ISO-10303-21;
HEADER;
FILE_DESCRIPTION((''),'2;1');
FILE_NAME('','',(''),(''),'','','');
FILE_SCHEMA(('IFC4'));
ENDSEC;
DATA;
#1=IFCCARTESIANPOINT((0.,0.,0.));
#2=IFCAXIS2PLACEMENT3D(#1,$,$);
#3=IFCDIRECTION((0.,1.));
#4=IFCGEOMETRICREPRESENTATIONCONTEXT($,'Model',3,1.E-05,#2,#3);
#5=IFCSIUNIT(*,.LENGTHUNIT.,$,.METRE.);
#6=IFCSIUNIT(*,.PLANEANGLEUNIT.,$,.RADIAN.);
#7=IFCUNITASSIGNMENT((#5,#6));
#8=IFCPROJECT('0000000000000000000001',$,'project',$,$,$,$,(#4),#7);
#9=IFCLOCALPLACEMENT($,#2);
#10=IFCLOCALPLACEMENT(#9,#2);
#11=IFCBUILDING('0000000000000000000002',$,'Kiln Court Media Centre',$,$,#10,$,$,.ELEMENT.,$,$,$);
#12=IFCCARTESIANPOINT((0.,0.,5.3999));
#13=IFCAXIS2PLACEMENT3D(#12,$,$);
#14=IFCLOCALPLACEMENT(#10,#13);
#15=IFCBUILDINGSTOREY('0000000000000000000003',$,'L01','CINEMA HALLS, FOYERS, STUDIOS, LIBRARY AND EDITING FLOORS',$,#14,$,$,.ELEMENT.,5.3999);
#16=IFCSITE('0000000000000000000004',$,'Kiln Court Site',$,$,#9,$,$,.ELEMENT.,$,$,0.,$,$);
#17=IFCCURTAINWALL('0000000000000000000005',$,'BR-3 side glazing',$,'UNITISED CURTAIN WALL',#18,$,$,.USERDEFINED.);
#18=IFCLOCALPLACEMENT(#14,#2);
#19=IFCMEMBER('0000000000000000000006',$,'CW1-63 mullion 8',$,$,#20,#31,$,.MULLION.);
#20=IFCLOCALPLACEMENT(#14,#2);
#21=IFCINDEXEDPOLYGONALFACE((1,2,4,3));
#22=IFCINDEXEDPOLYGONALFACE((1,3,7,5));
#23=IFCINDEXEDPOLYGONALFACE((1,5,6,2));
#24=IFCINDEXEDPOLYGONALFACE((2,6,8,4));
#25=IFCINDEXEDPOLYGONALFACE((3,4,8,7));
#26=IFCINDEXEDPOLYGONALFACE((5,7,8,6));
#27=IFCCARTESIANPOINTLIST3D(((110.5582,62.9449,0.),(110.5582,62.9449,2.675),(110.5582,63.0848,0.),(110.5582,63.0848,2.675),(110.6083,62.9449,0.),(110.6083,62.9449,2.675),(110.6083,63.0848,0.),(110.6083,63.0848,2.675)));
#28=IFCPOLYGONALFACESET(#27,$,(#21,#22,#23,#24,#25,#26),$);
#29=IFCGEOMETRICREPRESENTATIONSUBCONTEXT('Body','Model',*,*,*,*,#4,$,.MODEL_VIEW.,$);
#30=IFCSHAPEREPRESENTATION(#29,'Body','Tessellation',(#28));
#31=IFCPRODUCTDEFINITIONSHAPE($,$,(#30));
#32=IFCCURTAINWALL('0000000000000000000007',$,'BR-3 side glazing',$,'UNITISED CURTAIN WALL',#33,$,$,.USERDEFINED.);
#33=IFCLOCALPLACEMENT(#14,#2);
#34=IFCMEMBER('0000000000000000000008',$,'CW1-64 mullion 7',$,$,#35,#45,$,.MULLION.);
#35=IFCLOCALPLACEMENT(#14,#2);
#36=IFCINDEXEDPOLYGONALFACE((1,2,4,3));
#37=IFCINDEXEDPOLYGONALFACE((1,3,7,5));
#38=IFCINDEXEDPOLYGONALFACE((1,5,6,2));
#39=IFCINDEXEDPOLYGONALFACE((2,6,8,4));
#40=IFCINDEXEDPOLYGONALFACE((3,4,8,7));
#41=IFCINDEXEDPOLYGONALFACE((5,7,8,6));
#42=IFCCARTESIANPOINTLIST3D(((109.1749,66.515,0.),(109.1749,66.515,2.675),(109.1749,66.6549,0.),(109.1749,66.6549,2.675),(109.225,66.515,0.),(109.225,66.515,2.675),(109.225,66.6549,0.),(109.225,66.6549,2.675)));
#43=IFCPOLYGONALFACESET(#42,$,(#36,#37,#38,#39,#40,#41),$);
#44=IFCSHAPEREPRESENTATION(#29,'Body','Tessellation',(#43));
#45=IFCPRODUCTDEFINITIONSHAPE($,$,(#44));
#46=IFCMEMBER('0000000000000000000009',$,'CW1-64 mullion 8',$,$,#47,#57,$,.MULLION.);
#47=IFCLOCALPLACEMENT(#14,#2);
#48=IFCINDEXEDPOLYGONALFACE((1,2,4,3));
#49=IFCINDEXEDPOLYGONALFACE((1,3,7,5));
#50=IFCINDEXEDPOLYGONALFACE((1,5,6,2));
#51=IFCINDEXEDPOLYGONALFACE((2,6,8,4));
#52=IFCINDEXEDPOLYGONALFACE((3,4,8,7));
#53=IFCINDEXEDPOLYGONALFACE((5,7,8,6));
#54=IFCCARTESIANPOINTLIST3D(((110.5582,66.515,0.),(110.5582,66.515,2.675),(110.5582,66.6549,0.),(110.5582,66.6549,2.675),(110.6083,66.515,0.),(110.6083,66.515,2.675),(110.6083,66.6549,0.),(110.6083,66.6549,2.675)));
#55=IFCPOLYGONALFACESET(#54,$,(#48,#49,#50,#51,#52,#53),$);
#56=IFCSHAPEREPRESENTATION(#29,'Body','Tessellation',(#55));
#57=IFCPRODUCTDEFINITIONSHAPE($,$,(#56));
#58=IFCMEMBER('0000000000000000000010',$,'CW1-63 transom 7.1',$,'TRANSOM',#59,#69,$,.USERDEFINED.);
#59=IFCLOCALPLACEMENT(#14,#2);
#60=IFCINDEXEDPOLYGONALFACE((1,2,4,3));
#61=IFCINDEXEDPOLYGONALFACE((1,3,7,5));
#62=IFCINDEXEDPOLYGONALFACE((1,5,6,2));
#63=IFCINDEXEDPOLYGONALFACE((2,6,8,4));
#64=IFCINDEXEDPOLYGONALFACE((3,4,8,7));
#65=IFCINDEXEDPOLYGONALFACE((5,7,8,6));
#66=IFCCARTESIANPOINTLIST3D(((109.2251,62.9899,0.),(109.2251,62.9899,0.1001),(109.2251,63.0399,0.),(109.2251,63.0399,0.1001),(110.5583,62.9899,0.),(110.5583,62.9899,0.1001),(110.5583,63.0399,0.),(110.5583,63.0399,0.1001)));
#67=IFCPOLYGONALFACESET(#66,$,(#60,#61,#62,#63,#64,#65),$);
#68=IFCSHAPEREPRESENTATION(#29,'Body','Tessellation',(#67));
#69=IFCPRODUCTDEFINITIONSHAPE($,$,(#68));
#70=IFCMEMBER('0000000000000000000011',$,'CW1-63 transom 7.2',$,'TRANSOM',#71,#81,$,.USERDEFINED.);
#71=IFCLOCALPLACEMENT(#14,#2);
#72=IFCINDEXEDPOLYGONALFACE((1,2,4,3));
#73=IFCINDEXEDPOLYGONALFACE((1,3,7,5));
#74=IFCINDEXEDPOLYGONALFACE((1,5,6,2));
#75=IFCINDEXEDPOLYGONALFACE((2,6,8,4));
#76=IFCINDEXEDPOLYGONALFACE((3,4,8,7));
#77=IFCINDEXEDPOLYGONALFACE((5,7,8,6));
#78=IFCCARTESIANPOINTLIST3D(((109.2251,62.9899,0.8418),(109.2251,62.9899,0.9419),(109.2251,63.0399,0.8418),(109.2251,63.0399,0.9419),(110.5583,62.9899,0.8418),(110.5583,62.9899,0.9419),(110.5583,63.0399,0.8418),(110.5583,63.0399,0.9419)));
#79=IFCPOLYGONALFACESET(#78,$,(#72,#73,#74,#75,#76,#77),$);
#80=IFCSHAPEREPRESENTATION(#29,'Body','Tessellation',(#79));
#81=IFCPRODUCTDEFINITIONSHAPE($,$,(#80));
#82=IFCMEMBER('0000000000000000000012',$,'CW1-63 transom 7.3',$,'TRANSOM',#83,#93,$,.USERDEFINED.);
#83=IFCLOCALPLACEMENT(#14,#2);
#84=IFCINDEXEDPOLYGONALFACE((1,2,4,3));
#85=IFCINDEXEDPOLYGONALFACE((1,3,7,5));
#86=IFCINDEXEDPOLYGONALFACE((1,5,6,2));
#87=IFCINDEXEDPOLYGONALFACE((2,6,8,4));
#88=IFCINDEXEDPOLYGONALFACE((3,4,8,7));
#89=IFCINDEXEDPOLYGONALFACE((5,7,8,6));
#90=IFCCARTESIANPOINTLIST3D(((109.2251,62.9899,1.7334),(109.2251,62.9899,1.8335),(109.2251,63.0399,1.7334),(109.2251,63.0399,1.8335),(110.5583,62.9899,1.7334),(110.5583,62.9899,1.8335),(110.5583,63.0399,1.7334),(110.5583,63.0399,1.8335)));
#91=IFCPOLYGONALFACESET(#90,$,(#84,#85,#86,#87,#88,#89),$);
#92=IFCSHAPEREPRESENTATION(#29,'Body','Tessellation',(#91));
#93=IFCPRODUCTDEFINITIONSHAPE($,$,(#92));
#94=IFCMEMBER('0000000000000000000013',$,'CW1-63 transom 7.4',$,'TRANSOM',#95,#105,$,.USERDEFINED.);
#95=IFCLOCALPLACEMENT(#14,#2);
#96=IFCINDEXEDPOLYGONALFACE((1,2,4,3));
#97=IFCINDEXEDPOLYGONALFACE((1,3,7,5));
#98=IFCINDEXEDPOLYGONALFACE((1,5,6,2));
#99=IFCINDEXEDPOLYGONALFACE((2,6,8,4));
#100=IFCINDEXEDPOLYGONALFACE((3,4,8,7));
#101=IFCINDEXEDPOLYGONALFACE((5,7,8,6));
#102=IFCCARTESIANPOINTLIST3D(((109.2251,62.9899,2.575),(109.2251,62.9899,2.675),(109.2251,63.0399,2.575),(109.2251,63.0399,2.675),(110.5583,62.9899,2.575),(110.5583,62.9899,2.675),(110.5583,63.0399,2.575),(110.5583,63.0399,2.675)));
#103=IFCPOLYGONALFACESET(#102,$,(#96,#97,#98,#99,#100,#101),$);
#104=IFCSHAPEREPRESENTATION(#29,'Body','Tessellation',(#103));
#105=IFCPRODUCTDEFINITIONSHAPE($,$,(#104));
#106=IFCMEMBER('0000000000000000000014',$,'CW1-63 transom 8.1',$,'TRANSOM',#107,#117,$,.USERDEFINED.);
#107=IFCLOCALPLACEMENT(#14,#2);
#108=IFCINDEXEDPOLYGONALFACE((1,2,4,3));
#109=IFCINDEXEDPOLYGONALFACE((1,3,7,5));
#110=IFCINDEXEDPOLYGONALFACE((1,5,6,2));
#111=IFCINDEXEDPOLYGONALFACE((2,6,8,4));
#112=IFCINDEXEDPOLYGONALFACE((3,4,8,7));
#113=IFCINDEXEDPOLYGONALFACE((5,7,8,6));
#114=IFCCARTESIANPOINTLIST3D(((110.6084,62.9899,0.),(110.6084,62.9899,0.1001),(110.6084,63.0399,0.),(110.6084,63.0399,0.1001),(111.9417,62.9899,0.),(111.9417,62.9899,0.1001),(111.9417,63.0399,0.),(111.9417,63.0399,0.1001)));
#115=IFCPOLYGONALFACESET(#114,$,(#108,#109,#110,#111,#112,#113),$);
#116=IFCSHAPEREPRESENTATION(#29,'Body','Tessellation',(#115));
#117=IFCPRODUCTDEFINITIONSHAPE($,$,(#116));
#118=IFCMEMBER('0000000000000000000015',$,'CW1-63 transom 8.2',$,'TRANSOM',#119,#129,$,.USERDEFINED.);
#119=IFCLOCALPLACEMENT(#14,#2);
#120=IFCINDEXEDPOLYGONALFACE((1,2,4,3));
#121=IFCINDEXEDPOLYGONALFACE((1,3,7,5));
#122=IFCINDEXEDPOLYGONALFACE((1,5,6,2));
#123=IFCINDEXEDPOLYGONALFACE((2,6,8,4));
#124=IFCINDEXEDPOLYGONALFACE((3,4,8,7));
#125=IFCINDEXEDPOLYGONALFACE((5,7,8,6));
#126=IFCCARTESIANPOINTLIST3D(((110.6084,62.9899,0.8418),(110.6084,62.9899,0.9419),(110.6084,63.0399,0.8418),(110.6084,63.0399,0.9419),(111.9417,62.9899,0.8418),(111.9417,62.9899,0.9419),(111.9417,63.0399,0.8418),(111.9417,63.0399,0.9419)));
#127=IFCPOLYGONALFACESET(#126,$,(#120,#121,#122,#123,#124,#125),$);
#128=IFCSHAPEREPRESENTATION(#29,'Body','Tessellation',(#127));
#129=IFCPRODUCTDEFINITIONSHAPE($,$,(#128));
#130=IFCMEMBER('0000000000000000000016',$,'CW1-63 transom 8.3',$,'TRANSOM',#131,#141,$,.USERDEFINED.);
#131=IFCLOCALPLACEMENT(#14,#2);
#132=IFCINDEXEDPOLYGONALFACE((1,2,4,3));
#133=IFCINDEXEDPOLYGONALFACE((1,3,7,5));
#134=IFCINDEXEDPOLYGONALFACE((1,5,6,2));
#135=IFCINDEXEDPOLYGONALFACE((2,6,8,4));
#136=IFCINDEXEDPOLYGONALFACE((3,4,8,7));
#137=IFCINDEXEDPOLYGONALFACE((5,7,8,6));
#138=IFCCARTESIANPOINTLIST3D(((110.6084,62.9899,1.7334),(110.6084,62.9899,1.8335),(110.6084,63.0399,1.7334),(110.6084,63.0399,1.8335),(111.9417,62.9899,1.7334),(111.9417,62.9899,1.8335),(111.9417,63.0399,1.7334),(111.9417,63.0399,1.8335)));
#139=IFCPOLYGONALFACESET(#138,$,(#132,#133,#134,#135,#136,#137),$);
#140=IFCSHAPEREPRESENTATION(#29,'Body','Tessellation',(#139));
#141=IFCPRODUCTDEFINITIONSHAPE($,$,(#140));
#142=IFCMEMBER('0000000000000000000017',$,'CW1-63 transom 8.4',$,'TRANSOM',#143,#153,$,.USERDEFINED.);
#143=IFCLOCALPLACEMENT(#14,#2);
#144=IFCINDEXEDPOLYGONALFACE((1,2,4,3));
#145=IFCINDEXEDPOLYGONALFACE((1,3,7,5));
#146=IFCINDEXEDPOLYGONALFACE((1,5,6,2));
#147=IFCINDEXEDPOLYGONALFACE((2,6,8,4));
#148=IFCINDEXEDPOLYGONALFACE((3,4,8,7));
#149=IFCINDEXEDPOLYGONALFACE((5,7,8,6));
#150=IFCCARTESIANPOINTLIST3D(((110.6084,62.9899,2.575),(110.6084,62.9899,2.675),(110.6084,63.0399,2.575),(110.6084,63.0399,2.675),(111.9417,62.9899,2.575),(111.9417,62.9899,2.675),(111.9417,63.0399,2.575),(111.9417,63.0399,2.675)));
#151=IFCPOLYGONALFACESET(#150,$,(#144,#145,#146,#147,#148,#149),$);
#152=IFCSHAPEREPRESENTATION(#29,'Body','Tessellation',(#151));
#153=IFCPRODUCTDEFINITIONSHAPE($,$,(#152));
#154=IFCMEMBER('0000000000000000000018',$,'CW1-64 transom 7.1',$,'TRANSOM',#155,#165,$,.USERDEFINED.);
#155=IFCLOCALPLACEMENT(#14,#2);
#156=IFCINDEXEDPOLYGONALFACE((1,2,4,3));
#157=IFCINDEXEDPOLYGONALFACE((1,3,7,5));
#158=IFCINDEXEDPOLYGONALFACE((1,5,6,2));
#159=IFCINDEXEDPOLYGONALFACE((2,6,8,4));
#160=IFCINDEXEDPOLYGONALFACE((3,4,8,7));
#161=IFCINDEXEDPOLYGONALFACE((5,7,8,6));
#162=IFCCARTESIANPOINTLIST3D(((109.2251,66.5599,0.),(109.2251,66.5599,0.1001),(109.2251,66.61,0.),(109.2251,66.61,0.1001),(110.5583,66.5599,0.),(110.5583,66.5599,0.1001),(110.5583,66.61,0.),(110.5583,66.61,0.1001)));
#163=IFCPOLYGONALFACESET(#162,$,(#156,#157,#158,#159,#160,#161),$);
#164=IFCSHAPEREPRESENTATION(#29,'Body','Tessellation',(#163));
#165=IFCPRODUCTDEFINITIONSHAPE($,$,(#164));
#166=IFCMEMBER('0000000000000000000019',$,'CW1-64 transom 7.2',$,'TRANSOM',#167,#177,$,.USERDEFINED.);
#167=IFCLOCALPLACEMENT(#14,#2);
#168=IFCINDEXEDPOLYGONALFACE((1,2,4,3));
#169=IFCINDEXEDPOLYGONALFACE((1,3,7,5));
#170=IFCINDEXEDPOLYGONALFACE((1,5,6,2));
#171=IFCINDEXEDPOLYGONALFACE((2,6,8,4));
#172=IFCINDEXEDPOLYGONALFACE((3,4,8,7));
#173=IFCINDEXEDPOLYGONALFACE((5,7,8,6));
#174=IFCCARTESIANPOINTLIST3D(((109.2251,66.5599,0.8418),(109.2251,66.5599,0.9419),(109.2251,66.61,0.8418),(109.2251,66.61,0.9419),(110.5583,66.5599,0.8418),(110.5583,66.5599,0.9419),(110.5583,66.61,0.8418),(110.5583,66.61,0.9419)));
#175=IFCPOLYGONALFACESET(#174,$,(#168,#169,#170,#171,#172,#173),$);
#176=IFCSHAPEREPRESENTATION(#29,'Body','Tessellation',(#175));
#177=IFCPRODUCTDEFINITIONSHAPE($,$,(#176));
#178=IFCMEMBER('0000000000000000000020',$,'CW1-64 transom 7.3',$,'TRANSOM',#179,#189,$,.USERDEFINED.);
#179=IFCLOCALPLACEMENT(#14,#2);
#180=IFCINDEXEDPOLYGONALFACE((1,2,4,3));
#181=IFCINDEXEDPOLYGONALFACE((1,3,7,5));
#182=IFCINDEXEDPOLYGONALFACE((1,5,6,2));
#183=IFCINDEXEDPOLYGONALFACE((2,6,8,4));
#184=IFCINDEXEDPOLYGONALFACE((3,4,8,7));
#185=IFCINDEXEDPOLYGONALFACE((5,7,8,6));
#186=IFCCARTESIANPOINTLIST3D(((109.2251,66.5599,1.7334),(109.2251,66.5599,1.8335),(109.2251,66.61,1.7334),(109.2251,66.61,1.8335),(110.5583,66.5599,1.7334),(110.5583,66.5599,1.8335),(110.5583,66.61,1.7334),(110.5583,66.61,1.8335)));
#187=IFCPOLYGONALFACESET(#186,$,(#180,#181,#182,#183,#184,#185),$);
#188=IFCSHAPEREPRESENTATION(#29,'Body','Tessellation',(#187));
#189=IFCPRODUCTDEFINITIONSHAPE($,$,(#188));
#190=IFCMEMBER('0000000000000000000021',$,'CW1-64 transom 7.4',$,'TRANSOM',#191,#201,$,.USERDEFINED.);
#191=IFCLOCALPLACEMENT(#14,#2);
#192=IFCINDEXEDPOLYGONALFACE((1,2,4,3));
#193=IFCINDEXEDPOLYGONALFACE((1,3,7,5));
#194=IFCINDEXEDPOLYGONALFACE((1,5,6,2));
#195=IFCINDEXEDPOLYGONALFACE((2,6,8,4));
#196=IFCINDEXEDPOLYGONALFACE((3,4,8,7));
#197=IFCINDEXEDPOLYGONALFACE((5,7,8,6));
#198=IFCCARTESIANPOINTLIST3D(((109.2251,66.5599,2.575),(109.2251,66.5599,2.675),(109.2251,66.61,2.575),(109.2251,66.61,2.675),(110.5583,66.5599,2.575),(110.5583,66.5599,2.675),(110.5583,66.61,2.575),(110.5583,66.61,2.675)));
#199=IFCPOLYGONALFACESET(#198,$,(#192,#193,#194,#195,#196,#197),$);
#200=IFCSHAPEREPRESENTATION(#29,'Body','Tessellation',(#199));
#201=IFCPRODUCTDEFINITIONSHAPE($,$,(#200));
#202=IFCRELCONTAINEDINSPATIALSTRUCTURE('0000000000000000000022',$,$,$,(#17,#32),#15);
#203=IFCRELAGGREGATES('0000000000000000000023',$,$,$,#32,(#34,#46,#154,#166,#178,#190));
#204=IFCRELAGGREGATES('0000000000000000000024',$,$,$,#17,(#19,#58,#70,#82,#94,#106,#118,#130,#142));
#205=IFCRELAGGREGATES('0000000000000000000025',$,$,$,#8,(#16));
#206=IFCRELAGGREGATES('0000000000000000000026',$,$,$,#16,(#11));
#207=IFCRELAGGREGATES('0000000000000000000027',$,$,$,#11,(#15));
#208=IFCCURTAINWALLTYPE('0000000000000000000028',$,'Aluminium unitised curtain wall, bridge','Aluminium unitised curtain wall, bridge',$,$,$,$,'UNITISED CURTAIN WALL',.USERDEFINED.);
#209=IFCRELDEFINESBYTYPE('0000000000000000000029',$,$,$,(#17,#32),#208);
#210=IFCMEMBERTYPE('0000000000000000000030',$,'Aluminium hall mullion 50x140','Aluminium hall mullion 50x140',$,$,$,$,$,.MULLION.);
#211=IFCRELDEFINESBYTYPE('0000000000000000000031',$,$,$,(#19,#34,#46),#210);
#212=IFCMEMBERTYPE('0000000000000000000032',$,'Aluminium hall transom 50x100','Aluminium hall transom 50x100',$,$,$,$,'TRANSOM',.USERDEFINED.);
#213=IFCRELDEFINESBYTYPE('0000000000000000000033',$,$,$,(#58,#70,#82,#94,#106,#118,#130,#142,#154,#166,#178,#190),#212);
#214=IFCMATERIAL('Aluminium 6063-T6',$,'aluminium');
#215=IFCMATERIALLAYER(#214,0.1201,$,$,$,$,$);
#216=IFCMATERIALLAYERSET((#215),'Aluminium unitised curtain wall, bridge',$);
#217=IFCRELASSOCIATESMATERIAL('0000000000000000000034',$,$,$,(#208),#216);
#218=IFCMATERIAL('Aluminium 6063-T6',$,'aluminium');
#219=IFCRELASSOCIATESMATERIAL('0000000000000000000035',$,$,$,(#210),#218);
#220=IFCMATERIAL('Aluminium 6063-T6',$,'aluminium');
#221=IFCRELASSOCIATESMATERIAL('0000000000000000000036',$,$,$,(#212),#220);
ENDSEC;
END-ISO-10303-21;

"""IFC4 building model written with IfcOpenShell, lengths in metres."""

from ifc_helpers import new_model, si_unit, direction, frame, origin, origin_2d, place, context, subcontext, project, spatial, rectangle, extrude, material, layer, layer_set, material_profile, profile_set, type_object, element, aggregate, save


model = new_model("IFC4")

# Units and contexts
model_context = context("Model", 3, precision=1e-05, world=origin(), true_north=direction((0.0, 1.0)))
body_context = subcontext(model_context, "Body", "Model", "MODEL_VIEW")
ifc_project = project(units=[si_unit("LENGTHUNIT", "METRE"), si_unit("PLANEANGLEUNIT", "RADIAN")], contexts=[model_context])

# Site, building, storey
site_placement = place(None, origin())
site = spatial("IfcSite", under=ifc_project, at=site_placement, Name="Kiln Court Site", CompositionType="ELEMENT", RefElevation=0.0)
building_placement = place(site_placement, origin())
building = spatial("IfcBuilding", under=site, at=building_placement, Name="Kiln Court Media Centre", CompositionType="ELEMENT")
storey_placement = place(building_placement, frame((0.0, 0.0, 5.3999)))
storey = spatial("IfcBuildingStorey", under=building, at=storey_placement, Name="L01", Description="CINEMA HALLS, FOYERS, STUDIOS, LIBRARY AND EDITING FLOORS", CompositionType="ELEMENT", Elevation=5.3999)

# Curtain wall, member
ifc_material_1 = material(Name="Aluminium 6063-T6", Category="aluminium")
ifc_layer_1 = layer(ifc_material_1, 0.1201)
ifc_layer_set_1 = layer_set([ifc_layer_1], Name="Aluminium unitised curtain wall, bridge")
curtain_wall_type = type_object("IfcCurtainWallType", Name="Aluminium unitised curtain wall, bridge", Description="Aluminium unitised curtain wall, bridge", ElementType="UNITISED CURTAIN WALL", PredefinedType="USERDEFINED", material=ifc_layer_set_1)
curtain_wall_1_placement = place(storey_placement, origin())
curtain_wall_1 = element("IfcCurtainWall", 1, at=curtain_wall_1_placement, inside=storey, type_object=curtain_wall_type, Name="BR-3 side glazing", ObjectType="UNITISED CURTAIN WALL", PredefinedType="USERDEFINED")
ifc_material_2 = material(Name="Aluminium 6063-T6", Category="aluminium")
ifc_material_profile_1 = material_profile(ifc_material_2, rectangle(XDim=0.05, YDim=0.1399, at=origin_2d()), Name="Aluminium hall mullion 50x140")
ifc_profile_set_1 = profile_set([ifc_material_profile_1], Name="Aluminium 6063-T6")
member_type_1 = type_object("IfcMemberType", Name="Aluminium hall mullion 50x140", Description="Aluminium hall mullion 50x140", PredefinedType="MULLION", material=ifc_profile_set_1)
member_1_placement = place(storey_placement, frame((110.5833, 63.0149, 0.0), z_axis=(0.0, 0.0, 1.0), x_axis=(1.0, 0.0, 0.0)))
member_1 = element("IfcMember", 2, at=member_1_placement, type_object=member_type_1, Name="CW1-63 mullion 8", PredefinedType="MULLION", context=body_context, shape_type="SweptSolid", body=[
    extrude(rectangle(XDim=0.05, YDim=0.1399, at=origin_2d()), origin(), (0.0, 0.0, 1.0), 2.675),
])

# Curtain wall, members
curtain_wall_2_placement = place(storey_placement, origin())
curtain_wall_2 = element("IfcCurtainWall", 3, at=curtain_wall_2_placement, inside=storey, type_object=curtain_wall_type, Name="BR-3 side glazing", ObjectType="UNITISED CURTAIN WALL", PredefinedType="USERDEFINED")
member_2_placement = place(storey_placement, frame((109.2, 66.585, 0.0), z_axis=(0.0, 0.0, 1.0), x_axis=(1.0, 0.0, 0.0)))
member_2 = element("IfcMember", 4, at=member_2_placement, type_object=member_type_1, Name="CW1-64 mullion 7", PredefinedType="MULLION", context=body_context, shape_type="SweptSolid", body=[
    extrude(rectangle(XDim=0.05, YDim=0.1399, at=origin_2d()), origin(), (0.0, 0.0, 1.0), 2.675),
])
member_3_placement = place(storey_placement, frame((110.5833, 66.585, 0.0), z_axis=(0.0, 0.0, 1.0), x_axis=(1.0, 0.0, 0.0)))
member_3 = element("IfcMember", 5, at=member_3_placement, type_object=member_type_1, Name="CW1-64 mullion 8", PredefinedType="MULLION", context=body_context, shape_type="SweptSolid", body=[
    extrude(rectangle(XDim=0.05, YDim=0.1399, at=origin_2d()), origin(), (0.0, 0.0, 1.0), 2.675),
])

# Members
ifc_material_3 = material(Name="Aluminium 6063-T6", Category="aluminium")
ifc_material_profile_2 = material_profile(ifc_material_3, rectangle(XDim=0.05, YDim=0.1001, at=origin_2d()), Name="Aluminium hall transom 50x100")
ifc_profile_set_2 = profile_set([ifc_material_profile_2], Name="Aluminium 6063-T6")
member_type_2 = type_object("IfcMemberType", Name="Aluminium hall transom 50x100", Description="Aluminium hall transom 50x100", ElementType="TRANSOM", PredefinedType="USERDEFINED", material=ifc_profile_set_2)
member_4_placement = place(storey_placement, frame((109.2251, 63.0149, 0.05), z_axis=(1.0, 0.0, 0.0), x_axis=(0.0, 1.0, 0.0)))
member_4 = element("IfcMember", 6, at=member_4_placement, type_object=member_type_2, Name="CW1-63 transom 7.1", ObjectType="TRANSOM", PredefinedType="USERDEFINED", context=body_context, shape_type="SweptSolid", body=[
    extrude(rectangle(XDim=0.05, YDim=0.1001, at=origin_2d()), origin(), (0.0, 0.0, 1.0), 1.3333),
])
member_5_placement = place(storey_placement, frame((109.2251, 63.0149, 0.8918), z_axis=(1.0, 0.0, 0.0), x_axis=(0.0, 1.0, 0.0)))
member_5 = element("IfcMember", 7, at=member_5_placement, type_object=member_type_2, Name="CW1-63 transom 7.2", ObjectType="TRANSOM", PredefinedType="USERDEFINED", context=body_context, shape_type="SweptSolid", body=[
    extrude(rectangle(XDim=0.05, YDim=0.1001, at=origin_2d()), origin(), (0.0, 0.0, 1.0), 1.3333),
])
member_6_placement = place(storey_placement, frame((109.2251, 63.0149, 1.7834), z_axis=(1.0, 0.0, 0.0), x_axis=(0.0, 1.0, 0.0)))
member_6 = element("IfcMember", 8, at=member_6_placement, type_object=member_type_2, Name="CW1-63 transom 7.3", ObjectType="TRANSOM", PredefinedType="USERDEFINED", context=body_context, shape_type="SweptSolid", body=[
    extrude(rectangle(XDim=0.05, YDim=0.1001, at=origin_2d()), origin(), (0.0, 0.0, 1.0), 1.3333),
])
member_7_placement = place(storey_placement, frame((109.2251, 63.0149, 2.625), z_axis=(1.0, 0.0, 0.0), x_axis=(0.0, 1.0, 0.0)))
member_7 = element("IfcMember", 9, at=member_7_placement, type_object=member_type_2, Name="CW1-63 transom 7.4", ObjectType="TRANSOM", PredefinedType="USERDEFINED", context=body_context, shape_type="SweptSolid", body=[
    extrude(rectangle(XDim=0.05, YDim=0.1001, at=origin_2d()), origin(), (0.0, 0.0, 1.0), 1.3333),
])
member_8_placement = place(storey_placement, frame((110.6084, 63.0149, 0.05), z_axis=(1.0, 0.0, 0.0), x_axis=(0.0, 1.0, 0.0)))
member_8 = element("IfcMember", 10, at=member_8_placement, type_object=member_type_2, Name="CW1-63 transom 8.1", ObjectType="TRANSOM", PredefinedType="USERDEFINED", context=body_context, shape_type="SweptSolid", body=[
    extrude(rectangle(XDim=0.05, YDim=0.1001, at=origin_2d()), origin(), (0.0, 0.0, 1.0), 1.3333),
])
member_9_placement = place(storey_placement, frame((110.6084, 63.0149, 0.8918), z_axis=(1.0, 0.0, 0.0), x_axis=(0.0, 1.0, 0.0)))
member_9 = element("IfcMember", 11, at=member_9_placement, type_object=member_type_2, Name="CW1-63 transom 8.2", ObjectType="TRANSOM", PredefinedType="USERDEFINED", context=body_context, shape_type="SweptSolid", body=[
    extrude(rectangle(XDim=0.05, YDim=0.1001, at=origin_2d()), origin(), (0.0, 0.0, 1.0), 1.3333),
])
member_10_placement = place(storey_placement, frame((110.6084, 63.0149, 1.7834), z_axis=(1.0, 0.0, 0.0), x_axis=(0.0, 1.0, 0.0)))
member_10 = element("IfcMember", 12, at=member_10_placement, type_object=member_type_2, Name="CW1-63 transom 8.3", ObjectType="TRANSOM", PredefinedType="USERDEFINED", context=body_context, shape_type="SweptSolid", body=[
    extrude(rectangle(XDim=0.05, YDim=0.1001, at=origin_2d()), origin(), (0.0, 0.0, 1.0), 1.3333),
])
member_11_placement = place(storey_placement, frame((110.6084, 63.0149, 2.625), z_axis=(1.0, 0.0, 0.0), x_axis=(0.0, 1.0, 0.0)))
member_11 = element("IfcMember", 13, at=member_11_placement, type_object=member_type_2, Name="CW1-63 transom 8.4", ObjectType="TRANSOM", PredefinedType="USERDEFINED", context=body_context, shape_type="SweptSolid", body=[
    extrude(rectangle(XDim=0.05, YDim=0.1001, at=origin_2d()), origin(), (0.0, 0.0, 1.0), 1.3333),
])
member_12_placement = place(storey_placement, frame((109.2251, 66.585, 0.05), z_axis=(1.0, 0.0, 0.0), x_axis=(0.0, 1.0, 0.0)))
member_12 = element("IfcMember", 14, at=member_12_placement, type_object=member_type_2, Name="CW1-64 transom 7.1", ObjectType="TRANSOM", PredefinedType="USERDEFINED", context=body_context, shape_type="SweptSolid", body=[
    extrude(rectangle(XDim=0.05, YDim=0.1001, at=origin_2d()), origin(), (0.0, 0.0, 1.0), 1.3333),
])
member_13_placement = place(storey_placement, frame((109.2251, 66.585, 0.8918), z_axis=(1.0, 0.0, 0.0), x_axis=(0.0, 1.0, 0.0)))
member_13 = element("IfcMember", 15, at=member_13_placement, type_object=member_type_2, Name="CW1-64 transom 7.2", ObjectType="TRANSOM", PredefinedType="USERDEFINED", context=body_context, shape_type="SweptSolid", body=[
    extrude(rectangle(XDim=0.05, YDim=0.1001, at=origin_2d()), origin(), (0.0, 0.0, 1.0), 1.3333),
])
member_14_placement = place(storey_placement, frame((109.2251, 66.585, 1.7834), z_axis=(1.0, 0.0, 0.0), x_axis=(0.0, 1.0, 0.0)))
member_14 = element("IfcMember", 16, at=member_14_placement, type_object=member_type_2, Name="CW1-64 transom 7.3", ObjectType="TRANSOM", PredefinedType="USERDEFINED", context=body_context, shape_type="SweptSolid", body=[
    extrude(rectangle(XDim=0.05, YDim=0.1001, at=origin_2d()), origin(), (0.0, 0.0, 1.0), 1.3333),
])
member_15_placement = place(storey_placement, frame((109.2251, 66.585, 2.625), z_axis=(1.0, 0.0, 0.0), x_axis=(0.0, 1.0, 0.0)))
member_15 = element("IfcMember", 17, at=member_15_placement, type_object=member_type_2, Name="CW1-64 transom 7.4", ObjectType="TRANSOM", PredefinedType="USERDEFINED", context=body_context, shape_type="SweptSolid", body=[
    extrude(rectangle(XDim=0.05, YDim=0.1001, at=origin_2d()), origin(), (0.0, 0.0, 1.0), 1.3333),
])

aggregate(curtain_wall_2, [member_2, member_3, member_12, member_13, member_14, member_15])
aggregate(curtain_wall_1, [member_1, member_4, member_5, member_6, member_7, member_8, member_9, member_10, member_11])

save(model, "model.ifc")
